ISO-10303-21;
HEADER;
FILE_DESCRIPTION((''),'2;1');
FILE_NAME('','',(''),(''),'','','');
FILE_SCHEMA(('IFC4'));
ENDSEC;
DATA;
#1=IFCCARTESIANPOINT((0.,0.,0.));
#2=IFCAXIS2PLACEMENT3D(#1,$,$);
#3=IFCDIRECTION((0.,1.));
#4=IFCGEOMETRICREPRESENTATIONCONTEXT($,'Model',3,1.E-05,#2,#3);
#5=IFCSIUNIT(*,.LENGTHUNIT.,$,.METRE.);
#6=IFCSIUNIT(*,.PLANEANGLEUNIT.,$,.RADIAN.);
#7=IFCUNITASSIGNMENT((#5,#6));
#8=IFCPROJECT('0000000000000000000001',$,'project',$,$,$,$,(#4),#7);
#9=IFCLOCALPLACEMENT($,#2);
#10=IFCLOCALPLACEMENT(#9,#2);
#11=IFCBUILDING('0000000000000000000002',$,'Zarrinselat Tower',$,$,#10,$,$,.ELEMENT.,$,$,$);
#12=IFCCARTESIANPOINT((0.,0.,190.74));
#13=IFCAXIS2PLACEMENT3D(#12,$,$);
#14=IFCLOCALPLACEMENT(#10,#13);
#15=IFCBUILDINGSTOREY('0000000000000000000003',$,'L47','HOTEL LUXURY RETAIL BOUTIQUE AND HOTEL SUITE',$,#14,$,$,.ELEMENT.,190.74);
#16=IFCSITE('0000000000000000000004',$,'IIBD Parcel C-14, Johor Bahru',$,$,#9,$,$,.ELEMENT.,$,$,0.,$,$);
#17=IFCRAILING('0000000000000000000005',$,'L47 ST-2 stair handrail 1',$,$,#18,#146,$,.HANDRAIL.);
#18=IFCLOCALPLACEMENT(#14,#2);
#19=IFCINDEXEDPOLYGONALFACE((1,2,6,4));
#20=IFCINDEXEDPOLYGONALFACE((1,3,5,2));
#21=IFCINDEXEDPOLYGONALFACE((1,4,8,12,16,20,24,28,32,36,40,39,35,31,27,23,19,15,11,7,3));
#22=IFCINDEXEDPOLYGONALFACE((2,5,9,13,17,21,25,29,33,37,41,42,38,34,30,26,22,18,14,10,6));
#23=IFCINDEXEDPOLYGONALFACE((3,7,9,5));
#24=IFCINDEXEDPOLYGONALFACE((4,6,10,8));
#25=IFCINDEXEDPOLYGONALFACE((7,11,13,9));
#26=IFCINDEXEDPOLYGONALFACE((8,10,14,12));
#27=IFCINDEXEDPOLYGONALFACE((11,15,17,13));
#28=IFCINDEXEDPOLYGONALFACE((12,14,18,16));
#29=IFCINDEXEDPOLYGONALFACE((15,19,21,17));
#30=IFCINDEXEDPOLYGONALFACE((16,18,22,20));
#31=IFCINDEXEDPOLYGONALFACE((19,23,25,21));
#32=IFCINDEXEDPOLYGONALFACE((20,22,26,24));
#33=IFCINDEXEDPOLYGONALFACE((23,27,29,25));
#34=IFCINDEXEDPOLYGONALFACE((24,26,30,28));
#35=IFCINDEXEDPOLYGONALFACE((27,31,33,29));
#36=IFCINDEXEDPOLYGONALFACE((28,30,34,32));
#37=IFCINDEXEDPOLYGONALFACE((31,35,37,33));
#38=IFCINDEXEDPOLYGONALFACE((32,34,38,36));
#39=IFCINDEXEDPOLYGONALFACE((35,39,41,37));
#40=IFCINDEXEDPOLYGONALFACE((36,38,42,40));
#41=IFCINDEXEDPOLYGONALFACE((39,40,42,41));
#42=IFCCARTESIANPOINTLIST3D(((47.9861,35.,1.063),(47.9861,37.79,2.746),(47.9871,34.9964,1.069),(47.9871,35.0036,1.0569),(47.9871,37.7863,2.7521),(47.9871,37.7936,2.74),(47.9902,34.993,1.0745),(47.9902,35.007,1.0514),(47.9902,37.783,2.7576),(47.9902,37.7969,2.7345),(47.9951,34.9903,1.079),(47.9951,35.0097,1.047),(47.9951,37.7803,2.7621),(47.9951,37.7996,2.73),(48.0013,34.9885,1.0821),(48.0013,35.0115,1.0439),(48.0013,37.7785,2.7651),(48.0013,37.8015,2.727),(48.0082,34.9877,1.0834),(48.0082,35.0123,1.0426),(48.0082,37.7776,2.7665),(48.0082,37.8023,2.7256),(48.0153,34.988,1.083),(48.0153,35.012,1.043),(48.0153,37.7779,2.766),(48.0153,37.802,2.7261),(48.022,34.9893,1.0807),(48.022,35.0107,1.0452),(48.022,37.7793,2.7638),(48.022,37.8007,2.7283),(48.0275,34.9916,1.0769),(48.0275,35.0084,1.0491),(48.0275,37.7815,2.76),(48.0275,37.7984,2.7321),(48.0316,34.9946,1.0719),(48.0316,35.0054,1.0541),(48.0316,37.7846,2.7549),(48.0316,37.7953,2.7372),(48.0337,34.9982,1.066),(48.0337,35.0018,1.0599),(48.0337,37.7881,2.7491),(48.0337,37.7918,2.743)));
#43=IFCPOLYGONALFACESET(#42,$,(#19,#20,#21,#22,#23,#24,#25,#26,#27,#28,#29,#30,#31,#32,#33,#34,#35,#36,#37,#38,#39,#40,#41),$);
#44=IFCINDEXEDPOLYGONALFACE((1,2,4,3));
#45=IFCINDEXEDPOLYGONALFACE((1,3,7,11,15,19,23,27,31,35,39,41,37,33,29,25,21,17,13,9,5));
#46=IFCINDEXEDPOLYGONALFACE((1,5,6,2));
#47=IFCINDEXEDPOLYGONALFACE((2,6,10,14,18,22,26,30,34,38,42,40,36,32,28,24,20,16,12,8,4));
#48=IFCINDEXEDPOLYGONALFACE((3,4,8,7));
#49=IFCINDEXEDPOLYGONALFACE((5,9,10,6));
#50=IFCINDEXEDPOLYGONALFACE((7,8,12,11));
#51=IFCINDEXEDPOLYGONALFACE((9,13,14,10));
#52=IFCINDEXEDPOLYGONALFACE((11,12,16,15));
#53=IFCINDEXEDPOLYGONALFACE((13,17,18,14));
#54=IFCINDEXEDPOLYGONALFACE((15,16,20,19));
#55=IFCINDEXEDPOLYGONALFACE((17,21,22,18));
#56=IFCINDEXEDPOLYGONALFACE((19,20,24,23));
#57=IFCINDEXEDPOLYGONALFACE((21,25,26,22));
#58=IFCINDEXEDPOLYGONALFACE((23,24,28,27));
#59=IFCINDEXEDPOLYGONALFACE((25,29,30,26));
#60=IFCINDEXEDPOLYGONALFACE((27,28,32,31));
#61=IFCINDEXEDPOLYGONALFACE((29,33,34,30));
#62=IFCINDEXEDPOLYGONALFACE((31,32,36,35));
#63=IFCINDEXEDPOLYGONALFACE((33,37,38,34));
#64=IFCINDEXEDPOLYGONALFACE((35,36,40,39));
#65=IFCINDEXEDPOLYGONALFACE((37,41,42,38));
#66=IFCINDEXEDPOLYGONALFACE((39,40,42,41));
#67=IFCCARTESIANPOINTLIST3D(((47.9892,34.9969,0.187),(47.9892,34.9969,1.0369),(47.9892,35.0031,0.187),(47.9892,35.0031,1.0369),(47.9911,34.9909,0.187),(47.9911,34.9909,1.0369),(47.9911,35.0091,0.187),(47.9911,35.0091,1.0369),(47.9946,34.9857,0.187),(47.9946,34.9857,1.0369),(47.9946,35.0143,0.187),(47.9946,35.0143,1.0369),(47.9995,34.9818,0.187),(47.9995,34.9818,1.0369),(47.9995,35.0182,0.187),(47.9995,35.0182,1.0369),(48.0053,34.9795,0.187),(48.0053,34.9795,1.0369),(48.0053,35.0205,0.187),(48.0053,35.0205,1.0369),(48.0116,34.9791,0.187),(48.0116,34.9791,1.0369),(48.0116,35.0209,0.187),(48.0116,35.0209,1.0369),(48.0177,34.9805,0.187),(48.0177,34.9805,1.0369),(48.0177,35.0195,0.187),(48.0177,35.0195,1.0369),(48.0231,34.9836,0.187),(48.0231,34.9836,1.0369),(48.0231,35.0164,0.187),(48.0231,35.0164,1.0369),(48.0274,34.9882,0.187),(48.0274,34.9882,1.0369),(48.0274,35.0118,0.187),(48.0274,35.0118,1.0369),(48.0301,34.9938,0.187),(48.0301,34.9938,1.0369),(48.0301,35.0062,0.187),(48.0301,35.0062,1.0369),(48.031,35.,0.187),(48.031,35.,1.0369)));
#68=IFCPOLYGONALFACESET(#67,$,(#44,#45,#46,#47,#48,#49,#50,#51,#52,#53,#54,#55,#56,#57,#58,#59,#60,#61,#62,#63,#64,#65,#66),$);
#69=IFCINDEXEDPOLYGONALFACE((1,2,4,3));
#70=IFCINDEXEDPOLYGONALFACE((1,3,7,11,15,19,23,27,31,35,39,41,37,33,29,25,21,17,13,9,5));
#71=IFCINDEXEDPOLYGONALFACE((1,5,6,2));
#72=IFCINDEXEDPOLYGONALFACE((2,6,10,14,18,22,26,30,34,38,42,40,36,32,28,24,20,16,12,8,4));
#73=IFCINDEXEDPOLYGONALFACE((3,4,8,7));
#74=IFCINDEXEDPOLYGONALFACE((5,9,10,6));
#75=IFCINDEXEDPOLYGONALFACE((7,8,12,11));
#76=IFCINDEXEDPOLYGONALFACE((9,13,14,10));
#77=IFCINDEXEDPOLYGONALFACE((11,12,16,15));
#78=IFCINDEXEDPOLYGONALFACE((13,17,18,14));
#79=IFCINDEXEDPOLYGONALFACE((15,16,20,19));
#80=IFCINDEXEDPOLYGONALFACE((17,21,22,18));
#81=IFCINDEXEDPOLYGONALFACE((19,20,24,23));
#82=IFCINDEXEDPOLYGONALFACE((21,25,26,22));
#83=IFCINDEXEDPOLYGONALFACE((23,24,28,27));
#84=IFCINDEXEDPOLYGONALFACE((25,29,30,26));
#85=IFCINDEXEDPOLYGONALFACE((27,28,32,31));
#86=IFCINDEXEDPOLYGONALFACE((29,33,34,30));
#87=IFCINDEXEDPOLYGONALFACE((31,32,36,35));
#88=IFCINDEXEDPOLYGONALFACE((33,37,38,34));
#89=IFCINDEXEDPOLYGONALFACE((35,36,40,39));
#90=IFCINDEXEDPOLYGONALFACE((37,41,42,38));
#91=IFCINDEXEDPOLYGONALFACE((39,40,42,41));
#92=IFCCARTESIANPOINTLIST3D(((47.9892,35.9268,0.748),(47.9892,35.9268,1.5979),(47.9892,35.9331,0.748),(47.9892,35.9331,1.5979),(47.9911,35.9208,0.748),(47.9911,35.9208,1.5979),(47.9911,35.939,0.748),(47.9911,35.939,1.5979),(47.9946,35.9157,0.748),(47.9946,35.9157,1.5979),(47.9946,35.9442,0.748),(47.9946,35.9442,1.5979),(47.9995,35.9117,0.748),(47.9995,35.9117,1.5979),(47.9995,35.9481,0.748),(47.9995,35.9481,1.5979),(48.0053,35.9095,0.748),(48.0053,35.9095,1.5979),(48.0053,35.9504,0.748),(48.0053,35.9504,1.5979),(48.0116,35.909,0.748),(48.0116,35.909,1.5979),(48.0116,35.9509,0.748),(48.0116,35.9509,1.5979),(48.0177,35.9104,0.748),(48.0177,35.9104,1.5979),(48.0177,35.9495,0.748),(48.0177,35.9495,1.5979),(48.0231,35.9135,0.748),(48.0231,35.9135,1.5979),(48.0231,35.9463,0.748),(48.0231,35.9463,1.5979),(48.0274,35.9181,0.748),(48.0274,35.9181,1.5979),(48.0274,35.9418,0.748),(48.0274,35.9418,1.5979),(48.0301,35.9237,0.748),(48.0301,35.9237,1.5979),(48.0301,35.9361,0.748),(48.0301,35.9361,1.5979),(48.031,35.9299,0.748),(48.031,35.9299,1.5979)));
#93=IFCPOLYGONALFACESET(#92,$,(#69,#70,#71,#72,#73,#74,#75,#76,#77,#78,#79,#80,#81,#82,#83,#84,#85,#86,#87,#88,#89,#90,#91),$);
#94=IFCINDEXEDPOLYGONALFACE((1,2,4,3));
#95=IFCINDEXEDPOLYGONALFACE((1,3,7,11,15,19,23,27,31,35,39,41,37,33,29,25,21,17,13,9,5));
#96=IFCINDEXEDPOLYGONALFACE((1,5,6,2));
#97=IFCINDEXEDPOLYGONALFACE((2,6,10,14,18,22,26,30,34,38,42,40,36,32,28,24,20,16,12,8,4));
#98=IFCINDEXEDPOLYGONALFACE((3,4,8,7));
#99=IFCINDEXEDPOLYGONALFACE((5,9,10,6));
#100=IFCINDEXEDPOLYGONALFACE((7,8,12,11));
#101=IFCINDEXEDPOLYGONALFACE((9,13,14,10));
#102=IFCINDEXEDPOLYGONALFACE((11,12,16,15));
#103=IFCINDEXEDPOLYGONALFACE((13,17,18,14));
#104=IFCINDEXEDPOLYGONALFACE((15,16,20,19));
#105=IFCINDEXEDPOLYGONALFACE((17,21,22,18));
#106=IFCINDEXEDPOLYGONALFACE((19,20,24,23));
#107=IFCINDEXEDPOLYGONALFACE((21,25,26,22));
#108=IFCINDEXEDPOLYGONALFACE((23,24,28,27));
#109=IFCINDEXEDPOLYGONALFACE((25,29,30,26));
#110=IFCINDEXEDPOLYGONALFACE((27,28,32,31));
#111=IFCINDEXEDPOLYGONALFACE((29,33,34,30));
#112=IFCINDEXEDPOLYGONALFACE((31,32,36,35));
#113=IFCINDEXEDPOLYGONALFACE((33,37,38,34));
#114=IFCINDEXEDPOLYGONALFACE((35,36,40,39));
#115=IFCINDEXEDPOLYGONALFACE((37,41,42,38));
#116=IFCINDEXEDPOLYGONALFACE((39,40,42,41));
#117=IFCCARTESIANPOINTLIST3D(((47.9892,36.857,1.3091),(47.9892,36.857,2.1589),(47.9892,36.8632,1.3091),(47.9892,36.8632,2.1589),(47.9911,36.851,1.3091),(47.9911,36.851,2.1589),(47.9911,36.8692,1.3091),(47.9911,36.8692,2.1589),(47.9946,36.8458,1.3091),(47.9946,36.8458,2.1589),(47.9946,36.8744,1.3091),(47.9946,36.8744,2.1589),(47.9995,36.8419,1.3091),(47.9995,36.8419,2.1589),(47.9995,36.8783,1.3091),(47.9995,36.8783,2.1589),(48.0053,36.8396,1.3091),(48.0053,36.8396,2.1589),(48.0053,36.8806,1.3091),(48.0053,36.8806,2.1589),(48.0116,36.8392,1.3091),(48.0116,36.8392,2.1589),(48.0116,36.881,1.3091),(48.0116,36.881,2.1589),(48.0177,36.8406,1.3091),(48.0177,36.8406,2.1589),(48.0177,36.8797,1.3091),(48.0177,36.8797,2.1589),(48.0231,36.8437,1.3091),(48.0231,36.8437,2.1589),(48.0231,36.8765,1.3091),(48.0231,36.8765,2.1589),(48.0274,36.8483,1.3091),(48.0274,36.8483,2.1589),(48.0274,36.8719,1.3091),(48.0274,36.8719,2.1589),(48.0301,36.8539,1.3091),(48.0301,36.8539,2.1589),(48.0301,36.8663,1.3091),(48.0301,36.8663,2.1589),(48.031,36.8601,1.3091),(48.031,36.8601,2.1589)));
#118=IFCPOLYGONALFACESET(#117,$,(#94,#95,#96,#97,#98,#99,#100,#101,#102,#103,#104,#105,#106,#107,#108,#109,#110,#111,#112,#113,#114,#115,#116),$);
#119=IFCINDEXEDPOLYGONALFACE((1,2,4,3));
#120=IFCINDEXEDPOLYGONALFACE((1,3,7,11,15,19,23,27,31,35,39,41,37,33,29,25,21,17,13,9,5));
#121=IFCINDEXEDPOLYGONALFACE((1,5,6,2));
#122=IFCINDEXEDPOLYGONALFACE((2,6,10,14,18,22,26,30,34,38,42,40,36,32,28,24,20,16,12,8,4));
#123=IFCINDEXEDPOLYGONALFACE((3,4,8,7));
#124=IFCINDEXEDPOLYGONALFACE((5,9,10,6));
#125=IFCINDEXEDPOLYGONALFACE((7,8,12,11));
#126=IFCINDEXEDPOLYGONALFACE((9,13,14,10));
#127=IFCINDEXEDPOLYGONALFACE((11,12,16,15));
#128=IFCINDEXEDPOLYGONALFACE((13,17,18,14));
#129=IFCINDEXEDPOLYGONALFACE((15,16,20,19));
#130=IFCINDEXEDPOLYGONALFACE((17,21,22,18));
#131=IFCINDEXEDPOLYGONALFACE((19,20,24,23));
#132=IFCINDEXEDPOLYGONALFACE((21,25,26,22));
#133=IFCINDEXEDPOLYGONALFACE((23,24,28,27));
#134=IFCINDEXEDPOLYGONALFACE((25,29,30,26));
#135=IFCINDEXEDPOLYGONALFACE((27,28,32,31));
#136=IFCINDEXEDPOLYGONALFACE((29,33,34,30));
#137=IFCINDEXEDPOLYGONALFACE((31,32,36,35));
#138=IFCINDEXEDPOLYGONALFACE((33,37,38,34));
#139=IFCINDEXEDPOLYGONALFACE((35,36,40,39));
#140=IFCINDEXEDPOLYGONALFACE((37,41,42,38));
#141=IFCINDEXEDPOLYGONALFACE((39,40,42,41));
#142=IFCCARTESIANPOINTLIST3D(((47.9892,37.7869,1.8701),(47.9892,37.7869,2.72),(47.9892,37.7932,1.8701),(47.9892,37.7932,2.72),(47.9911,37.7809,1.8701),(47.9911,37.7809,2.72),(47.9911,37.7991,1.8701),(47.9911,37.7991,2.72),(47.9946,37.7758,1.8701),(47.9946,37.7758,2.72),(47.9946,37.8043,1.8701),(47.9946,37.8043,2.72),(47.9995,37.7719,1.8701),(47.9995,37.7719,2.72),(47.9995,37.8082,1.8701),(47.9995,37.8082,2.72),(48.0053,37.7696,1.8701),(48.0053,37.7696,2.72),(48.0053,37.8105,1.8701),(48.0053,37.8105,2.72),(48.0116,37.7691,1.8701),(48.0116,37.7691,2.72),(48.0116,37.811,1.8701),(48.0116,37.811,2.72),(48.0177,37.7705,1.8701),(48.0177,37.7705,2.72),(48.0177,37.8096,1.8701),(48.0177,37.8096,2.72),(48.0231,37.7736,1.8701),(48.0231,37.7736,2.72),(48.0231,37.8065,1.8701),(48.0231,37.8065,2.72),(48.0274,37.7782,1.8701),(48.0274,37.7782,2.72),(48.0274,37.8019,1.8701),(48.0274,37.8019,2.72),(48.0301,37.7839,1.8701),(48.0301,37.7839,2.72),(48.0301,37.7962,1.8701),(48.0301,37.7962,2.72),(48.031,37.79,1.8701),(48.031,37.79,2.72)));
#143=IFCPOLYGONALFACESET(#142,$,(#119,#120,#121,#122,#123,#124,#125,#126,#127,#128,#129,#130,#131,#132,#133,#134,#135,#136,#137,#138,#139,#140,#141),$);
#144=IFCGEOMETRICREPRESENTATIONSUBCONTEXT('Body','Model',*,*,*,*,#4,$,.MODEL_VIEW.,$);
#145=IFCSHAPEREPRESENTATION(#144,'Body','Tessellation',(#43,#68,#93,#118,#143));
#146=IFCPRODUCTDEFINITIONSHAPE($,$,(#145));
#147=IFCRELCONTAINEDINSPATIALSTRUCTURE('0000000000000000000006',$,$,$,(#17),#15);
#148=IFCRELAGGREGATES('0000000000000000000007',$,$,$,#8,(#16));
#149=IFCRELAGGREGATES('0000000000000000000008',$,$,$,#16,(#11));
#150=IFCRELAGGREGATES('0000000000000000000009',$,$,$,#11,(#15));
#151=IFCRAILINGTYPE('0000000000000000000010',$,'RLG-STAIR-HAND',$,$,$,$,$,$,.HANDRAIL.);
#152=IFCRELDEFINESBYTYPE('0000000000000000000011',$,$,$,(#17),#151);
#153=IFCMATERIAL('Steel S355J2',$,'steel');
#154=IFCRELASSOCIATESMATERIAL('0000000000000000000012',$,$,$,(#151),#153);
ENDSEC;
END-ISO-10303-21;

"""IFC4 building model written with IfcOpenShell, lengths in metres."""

from ifc_helpers import new_model, si_unit, direction, frame, origin, origin_2d, place, context, subcontext, project, spatial, circle, extrude, material, type_object, element, save


model = new_model("IFC4")

# Units and contexts
model_context = context("Model", 3, precision=1e-05, world=origin(), true_north=direction((0.0, 1.0)))
body_context = subcontext(model_context, "Body", "Model", "MODEL_VIEW")
ifc_project = project(units=[si_unit("LENGTHUNIT", "METRE"), si_unit("PLANEANGLEUNIT", "RADIAN")], contexts=[model_context])

# Site, building, storey
site_placement = place(None, origin())
site = spatial("IfcSite", under=ifc_project, at=site_placement, Name="IIBD Parcel C-14, Johor Bahru", CompositionType="ELEMENT", RefElevation=0.0)
building_placement = place(site_placement, origin())
building = spatial("IfcBuilding", under=site, at=building_placement, Name="Zarrinselat Tower", CompositionType="ELEMENT")
storey_placement = place(building_placement, frame((0.0, 0.0, 190.74)))
storey = spatial("IfcBuildingStorey", under=building, at=storey_placement, Name="L47", Description="HOTEL LUXURY RETAIL BOUTIQUE AND HOTEL SUITE", CompositionType="ELEMENT", Elevation=190.74)

# Railing
ifc_material_1 = material(Name="Steel S355J2", Category="steel")
railing_type_1 = type_object("IfcRailingType", Name="RLG-STAIR-HAND", PredefinedType="HANDRAIL", material=ifc_material_1)
railing_1_placement = place(storey_placement, frame((48.01, 35.0, 0.187)))
element("IfcRailing", 1, at=railing_1_placement, inside=storey, type_object=railing_type_1, Name="L47 ST-2 stair handrail 1", PredefinedType="HANDRAIL", context=body_context, shape_type="SweptSolid", body=[
    extrude(circle(Radius=0.0239, at=origin_2d()), frame((0.0, 0.0, 0.876), z_axis=(0.0, 0.856261, 0.516544), x_axis=(-1.0, 0.0, 0.0)), (0.0, 0.0, 1.0), 3.2583),
    extrude(circle(Radius=0.021, at=origin_2d()), origin(), (0.0, 0.0, 1.0), 0.8499),
    extrude(circle(Radius=0.021, at=origin_2d()), frame((0.0, 0.9299, 0.561)), (0.0, 0.0, 1.0), 0.8499),
    extrude(circle(Radius=0.021, at=origin_2d()), frame((0.0, 1.8601, 1.1221)), (0.0, 0.0, 1.0), 0.8499),
    extrude(circle(Radius=0.021, at=origin_2d()), frame((0.0, 2.79, 1.6831)), (0.0, 0.0, 1.0), 0.8499),
])

save(model, "model.ifc")
